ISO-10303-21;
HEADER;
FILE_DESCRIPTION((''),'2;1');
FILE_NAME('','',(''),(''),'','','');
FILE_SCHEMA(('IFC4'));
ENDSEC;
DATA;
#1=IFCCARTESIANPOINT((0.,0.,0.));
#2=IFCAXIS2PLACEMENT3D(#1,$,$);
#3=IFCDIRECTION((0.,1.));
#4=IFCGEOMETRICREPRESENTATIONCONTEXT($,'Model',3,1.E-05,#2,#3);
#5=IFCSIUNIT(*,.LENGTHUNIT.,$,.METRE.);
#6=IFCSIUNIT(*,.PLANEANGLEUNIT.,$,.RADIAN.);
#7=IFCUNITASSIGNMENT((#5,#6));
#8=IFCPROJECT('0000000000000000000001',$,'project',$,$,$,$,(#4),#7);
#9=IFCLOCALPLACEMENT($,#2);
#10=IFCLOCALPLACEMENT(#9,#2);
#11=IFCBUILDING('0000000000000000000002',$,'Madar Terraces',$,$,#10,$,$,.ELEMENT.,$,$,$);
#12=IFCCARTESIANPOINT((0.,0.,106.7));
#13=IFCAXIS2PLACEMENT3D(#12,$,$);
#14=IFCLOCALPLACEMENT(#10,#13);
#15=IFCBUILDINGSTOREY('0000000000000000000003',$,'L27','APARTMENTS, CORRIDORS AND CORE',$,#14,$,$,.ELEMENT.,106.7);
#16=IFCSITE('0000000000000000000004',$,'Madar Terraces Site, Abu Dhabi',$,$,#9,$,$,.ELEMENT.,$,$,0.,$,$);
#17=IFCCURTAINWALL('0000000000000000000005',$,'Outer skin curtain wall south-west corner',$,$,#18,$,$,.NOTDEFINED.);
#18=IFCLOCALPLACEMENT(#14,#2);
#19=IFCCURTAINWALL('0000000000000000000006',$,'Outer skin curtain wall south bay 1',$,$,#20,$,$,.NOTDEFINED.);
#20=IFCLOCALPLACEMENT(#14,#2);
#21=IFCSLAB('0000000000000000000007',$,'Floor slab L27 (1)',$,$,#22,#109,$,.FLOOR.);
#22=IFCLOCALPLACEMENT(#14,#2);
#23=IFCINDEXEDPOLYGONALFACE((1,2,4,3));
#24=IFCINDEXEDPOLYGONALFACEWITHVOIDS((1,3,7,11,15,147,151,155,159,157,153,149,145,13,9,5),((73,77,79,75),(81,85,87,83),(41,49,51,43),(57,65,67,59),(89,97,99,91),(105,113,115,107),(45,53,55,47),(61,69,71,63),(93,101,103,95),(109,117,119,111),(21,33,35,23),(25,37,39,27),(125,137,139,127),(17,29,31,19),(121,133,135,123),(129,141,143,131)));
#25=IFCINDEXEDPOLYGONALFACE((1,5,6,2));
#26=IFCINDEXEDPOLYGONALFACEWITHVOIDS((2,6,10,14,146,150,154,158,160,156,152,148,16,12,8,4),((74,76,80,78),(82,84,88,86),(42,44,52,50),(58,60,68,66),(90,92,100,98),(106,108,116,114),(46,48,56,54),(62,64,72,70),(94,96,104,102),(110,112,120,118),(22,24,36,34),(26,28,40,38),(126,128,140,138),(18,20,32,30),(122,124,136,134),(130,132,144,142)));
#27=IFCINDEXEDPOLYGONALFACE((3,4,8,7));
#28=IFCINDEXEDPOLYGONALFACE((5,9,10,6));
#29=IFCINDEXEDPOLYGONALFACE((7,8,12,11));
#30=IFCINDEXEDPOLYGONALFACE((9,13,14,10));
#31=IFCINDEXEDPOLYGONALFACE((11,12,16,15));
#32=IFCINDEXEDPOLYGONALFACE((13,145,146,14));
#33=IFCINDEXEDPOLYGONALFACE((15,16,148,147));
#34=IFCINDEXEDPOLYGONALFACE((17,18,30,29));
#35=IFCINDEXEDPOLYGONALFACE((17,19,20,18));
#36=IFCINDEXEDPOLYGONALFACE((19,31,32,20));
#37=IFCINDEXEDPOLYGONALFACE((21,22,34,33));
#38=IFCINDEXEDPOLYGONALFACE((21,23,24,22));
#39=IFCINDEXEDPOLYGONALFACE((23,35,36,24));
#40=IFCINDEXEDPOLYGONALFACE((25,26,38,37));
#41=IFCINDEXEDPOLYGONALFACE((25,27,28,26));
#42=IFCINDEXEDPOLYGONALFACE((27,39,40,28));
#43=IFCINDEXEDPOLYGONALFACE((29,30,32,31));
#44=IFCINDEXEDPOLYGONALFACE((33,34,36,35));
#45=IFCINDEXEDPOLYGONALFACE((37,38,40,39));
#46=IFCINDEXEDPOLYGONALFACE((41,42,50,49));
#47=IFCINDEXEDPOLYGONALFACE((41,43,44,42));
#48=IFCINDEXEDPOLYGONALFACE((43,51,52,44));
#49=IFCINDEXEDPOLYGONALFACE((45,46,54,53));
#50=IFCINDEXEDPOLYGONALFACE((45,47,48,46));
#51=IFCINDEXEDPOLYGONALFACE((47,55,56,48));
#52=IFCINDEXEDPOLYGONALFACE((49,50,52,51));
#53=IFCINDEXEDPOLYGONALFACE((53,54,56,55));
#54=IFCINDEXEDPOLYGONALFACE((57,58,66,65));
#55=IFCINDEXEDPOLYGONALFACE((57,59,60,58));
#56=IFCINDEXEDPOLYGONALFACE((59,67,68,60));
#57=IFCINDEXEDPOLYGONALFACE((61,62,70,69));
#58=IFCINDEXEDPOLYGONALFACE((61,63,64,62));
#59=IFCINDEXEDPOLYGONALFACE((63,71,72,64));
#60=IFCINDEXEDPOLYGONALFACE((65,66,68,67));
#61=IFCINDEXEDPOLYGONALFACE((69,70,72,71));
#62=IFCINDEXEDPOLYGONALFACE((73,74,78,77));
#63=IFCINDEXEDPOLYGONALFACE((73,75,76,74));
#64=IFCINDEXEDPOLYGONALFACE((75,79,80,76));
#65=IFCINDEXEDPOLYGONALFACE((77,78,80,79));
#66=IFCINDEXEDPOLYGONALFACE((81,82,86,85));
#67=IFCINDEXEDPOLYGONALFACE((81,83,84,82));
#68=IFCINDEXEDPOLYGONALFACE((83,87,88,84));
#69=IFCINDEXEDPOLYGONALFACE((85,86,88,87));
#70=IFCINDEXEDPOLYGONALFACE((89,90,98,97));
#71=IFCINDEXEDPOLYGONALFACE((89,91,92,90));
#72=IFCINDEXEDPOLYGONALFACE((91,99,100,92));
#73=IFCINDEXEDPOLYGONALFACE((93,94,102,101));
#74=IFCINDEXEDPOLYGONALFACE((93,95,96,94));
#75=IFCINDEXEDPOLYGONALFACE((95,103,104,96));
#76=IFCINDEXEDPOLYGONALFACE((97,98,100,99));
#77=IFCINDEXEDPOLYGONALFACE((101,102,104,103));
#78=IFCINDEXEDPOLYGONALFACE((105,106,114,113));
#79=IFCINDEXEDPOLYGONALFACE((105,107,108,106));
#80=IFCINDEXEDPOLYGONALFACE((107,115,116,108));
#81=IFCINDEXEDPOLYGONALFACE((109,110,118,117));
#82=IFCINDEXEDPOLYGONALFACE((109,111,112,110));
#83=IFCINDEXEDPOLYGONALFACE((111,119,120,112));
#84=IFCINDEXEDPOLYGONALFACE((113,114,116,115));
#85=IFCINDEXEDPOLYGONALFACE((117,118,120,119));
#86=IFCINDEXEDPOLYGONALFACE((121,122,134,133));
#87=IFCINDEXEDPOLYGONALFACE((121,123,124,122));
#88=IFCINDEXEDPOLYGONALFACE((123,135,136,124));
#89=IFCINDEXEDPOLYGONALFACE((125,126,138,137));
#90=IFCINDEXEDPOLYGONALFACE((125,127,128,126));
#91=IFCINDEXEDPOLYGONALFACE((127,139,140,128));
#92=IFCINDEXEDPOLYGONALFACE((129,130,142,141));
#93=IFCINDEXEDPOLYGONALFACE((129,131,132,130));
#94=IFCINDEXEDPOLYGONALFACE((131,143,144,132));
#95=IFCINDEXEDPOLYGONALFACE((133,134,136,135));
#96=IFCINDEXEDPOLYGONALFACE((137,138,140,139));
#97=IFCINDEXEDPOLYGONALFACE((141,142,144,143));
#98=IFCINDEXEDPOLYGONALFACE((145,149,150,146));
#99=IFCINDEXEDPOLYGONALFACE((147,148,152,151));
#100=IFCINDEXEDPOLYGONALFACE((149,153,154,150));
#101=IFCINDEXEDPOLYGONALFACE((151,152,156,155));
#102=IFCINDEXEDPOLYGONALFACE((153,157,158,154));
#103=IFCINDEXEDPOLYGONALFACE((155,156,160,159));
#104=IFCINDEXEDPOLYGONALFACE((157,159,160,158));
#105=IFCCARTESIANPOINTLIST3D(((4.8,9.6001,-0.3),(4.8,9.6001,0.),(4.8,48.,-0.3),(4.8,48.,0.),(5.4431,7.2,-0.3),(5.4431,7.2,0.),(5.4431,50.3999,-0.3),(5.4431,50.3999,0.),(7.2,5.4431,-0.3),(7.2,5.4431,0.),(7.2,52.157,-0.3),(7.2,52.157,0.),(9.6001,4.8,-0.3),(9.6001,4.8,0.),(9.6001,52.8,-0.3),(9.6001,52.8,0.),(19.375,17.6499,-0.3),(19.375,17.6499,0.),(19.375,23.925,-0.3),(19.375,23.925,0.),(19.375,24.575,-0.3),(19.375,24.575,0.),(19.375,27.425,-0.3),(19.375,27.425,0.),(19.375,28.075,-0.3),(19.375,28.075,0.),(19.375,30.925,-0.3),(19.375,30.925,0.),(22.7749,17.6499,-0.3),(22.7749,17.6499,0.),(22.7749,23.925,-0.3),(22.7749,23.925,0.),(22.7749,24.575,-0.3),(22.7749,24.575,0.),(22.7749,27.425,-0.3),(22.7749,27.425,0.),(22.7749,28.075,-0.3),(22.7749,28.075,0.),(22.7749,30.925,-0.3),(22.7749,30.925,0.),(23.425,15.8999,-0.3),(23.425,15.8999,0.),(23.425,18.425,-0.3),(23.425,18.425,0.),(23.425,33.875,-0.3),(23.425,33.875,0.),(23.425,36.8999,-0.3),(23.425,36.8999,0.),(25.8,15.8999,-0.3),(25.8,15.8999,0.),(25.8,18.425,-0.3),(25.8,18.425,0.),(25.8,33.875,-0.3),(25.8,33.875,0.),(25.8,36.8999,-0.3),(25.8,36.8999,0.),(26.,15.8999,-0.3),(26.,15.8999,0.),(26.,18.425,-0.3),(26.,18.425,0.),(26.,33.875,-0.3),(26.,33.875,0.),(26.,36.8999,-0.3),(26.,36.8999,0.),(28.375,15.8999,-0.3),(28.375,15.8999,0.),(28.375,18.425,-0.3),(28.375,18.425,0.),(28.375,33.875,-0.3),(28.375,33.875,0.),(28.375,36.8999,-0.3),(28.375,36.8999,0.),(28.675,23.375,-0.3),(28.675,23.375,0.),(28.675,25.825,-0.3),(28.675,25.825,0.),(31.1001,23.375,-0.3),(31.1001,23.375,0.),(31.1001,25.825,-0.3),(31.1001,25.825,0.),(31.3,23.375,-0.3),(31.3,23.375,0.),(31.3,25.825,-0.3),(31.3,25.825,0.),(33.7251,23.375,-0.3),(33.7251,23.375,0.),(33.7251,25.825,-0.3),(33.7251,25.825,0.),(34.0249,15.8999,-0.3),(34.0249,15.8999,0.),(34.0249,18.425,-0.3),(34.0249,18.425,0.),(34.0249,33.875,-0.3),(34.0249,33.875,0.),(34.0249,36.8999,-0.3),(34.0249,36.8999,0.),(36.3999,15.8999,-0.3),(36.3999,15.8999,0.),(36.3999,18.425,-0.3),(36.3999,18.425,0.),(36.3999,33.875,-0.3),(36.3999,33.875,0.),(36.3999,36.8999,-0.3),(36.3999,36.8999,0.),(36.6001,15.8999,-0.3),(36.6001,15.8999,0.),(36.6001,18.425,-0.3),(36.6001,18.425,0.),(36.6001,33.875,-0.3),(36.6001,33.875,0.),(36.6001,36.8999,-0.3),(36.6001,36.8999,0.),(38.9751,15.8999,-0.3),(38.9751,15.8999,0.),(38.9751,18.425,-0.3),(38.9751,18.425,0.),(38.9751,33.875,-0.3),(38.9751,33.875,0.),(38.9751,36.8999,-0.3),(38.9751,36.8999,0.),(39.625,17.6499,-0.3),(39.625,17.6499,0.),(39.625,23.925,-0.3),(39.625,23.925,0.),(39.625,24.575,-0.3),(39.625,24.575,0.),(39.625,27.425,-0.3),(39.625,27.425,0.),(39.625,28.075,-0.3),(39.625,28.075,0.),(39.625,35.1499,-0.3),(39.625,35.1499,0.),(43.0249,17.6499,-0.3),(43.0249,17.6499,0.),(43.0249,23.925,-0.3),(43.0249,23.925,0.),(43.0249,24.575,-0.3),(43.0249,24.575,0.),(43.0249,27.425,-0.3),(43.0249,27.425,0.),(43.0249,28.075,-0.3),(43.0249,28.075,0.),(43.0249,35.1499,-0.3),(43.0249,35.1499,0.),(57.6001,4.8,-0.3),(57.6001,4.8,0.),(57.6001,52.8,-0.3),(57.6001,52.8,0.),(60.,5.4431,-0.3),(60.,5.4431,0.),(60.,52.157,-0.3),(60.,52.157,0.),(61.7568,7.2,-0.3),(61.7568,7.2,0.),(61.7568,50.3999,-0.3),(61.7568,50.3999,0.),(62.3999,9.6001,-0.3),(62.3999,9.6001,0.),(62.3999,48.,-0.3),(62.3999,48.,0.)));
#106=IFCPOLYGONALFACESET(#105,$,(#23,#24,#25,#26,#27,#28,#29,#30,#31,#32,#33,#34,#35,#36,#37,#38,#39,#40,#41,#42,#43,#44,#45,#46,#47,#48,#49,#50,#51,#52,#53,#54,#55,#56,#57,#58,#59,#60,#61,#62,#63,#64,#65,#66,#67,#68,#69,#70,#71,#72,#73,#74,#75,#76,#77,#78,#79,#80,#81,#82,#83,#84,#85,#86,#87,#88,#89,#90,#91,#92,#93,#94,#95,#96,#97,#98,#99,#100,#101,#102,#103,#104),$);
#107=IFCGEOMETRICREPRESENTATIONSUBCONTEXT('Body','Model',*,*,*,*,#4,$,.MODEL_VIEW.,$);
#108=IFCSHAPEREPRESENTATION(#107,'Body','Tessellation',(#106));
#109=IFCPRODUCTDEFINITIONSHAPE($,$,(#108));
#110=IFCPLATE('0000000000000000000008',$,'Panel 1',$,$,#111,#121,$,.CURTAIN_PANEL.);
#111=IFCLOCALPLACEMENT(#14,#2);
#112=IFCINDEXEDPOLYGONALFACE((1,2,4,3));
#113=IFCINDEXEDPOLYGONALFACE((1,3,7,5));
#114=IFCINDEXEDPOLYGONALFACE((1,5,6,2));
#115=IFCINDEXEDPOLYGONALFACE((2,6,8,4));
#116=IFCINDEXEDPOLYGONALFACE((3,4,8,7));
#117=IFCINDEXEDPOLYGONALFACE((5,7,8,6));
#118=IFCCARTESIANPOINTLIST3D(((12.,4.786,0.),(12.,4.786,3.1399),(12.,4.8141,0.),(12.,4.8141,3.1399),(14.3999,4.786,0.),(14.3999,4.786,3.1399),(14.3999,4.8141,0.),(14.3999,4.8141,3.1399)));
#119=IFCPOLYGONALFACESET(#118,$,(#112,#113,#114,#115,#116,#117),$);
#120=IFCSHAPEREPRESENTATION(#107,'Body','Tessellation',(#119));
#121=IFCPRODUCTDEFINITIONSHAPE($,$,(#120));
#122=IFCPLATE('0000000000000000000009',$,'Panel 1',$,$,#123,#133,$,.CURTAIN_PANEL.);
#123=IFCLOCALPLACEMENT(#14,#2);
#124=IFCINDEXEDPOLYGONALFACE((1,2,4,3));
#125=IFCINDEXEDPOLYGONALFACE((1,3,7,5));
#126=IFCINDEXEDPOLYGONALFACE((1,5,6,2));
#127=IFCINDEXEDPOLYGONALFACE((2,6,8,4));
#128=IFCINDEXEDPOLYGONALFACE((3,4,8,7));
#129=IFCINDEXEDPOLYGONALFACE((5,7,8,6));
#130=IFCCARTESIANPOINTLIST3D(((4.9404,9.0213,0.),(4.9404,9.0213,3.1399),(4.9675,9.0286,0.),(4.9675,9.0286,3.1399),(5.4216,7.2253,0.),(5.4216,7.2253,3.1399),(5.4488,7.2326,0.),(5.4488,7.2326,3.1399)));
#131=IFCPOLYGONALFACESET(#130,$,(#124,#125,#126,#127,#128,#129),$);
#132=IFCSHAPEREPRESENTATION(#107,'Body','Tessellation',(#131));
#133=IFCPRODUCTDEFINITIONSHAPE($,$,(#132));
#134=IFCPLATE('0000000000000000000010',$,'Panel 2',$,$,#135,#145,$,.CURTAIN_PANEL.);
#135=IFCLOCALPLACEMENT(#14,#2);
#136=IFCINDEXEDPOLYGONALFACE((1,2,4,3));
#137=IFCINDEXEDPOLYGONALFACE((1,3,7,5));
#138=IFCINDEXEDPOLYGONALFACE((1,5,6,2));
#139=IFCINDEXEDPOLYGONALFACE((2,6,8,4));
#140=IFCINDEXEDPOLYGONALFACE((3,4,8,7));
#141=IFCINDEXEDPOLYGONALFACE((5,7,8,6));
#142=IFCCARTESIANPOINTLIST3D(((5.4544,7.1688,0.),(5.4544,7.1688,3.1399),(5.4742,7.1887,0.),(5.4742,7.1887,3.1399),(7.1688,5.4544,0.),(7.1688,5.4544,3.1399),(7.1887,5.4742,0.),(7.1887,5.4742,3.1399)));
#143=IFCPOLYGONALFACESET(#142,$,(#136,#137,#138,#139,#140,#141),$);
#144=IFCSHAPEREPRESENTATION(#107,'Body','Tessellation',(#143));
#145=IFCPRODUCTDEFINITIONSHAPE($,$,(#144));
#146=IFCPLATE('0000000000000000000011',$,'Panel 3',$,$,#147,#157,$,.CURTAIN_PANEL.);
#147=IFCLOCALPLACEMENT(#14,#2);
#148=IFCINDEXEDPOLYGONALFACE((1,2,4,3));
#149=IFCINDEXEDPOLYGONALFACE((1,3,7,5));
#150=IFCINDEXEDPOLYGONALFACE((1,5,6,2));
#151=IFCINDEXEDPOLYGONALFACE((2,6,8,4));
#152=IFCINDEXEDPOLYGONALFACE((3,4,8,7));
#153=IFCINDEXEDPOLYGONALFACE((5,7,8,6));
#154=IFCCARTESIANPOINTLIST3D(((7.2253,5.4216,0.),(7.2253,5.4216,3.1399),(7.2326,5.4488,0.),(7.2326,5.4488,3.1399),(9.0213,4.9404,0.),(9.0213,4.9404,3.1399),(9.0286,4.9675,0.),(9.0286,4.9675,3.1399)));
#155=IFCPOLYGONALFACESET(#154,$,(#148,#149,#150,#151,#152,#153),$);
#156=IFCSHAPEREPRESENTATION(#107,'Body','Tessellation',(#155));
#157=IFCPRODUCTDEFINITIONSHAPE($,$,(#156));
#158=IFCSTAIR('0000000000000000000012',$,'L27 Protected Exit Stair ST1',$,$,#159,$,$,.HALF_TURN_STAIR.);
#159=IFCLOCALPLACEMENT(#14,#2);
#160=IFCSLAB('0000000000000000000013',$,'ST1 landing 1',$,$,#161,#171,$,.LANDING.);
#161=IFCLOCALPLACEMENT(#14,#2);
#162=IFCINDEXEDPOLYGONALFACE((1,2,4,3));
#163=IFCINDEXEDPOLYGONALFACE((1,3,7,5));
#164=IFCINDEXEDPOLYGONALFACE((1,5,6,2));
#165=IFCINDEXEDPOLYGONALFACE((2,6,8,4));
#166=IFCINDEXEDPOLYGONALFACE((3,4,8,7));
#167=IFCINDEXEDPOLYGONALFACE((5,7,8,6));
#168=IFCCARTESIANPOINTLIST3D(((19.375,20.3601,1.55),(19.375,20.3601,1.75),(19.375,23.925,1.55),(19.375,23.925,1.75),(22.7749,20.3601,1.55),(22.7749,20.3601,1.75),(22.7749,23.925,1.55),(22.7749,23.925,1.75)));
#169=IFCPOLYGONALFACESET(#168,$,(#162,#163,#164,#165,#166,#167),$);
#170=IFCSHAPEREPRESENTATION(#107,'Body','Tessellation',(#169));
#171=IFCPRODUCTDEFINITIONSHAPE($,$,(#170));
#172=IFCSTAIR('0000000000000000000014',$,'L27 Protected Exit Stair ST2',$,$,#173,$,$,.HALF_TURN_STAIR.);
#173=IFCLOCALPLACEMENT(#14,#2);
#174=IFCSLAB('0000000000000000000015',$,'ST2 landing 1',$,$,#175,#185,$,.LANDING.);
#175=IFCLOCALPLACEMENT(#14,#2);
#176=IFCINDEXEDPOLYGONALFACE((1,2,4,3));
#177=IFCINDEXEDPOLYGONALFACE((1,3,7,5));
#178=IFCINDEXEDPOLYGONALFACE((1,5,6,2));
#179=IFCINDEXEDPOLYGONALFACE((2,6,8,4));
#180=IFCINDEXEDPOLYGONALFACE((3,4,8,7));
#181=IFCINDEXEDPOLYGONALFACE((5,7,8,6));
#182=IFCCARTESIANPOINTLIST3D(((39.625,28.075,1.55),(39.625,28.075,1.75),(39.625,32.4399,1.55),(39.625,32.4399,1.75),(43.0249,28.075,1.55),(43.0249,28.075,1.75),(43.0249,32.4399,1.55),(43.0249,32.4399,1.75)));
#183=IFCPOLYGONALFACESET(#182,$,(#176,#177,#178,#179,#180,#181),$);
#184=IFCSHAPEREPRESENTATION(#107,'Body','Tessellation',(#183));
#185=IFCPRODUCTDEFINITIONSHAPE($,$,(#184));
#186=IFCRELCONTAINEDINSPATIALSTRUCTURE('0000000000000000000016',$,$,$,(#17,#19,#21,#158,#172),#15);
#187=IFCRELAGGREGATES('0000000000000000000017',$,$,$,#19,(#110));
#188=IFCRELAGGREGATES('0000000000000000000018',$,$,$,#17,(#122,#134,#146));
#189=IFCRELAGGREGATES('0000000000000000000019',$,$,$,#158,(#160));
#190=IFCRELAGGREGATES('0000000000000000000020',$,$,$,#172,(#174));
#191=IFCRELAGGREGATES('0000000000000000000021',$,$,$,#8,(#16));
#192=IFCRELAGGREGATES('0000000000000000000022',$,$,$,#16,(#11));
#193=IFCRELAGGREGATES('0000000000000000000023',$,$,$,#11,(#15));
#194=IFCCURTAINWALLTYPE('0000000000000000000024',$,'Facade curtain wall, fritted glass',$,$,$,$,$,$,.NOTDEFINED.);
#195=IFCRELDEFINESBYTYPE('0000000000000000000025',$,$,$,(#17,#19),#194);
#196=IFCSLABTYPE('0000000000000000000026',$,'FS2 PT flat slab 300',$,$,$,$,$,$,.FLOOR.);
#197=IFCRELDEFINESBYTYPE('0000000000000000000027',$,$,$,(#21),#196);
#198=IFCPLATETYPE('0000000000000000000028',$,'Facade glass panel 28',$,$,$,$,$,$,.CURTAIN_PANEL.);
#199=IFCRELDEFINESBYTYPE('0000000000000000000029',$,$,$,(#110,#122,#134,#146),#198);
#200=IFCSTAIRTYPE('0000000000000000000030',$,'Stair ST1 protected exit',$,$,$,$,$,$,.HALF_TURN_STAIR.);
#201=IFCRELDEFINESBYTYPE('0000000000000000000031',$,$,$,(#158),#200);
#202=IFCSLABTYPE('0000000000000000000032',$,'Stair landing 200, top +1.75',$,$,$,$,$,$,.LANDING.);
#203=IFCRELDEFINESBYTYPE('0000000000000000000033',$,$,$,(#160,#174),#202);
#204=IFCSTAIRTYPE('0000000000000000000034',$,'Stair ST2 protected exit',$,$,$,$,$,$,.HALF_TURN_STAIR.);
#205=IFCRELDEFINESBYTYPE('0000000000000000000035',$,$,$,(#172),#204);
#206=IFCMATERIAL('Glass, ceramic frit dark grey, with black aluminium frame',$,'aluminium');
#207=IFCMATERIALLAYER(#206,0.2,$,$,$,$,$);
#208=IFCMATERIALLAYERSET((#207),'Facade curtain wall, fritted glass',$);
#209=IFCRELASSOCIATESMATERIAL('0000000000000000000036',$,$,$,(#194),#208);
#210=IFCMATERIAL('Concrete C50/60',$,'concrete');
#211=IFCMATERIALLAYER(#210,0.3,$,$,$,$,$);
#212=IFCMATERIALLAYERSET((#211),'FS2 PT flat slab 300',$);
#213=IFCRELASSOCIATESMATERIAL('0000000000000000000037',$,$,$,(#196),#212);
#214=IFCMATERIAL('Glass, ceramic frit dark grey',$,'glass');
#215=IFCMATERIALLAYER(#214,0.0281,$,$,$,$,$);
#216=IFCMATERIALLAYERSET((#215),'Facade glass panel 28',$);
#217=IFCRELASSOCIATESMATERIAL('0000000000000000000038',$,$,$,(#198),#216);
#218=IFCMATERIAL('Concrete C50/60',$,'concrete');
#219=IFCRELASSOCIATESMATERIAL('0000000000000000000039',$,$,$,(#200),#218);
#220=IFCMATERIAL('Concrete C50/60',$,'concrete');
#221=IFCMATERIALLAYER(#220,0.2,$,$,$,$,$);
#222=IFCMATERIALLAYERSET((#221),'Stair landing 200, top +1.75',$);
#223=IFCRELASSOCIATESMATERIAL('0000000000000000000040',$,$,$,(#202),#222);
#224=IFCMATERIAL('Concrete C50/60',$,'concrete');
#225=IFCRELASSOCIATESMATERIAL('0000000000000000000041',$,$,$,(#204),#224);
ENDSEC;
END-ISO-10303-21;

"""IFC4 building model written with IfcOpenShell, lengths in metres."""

from ifc_helpers import new_model, si_unit, direction, frame, origin, origin_2d, place, context, subcontext, project, spatial, polyline, rectangle, outline, extrude, material, layer, layer_set, type_object, element, aggregate, save


model = new_model("IFC4")

# Units and contexts
model_context = context("Model", 3, precision=1e-05, world=origin(), true_north=direction((0.0, 1.0)))
body_context = subcontext(model_context, "Body", "Model", "MODEL_VIEW")
ifc_project = project(units=[si_unit("LENGTHUNIT", "METRE"), si_unit("PLANEANGLEUNIT", "RADIAN")], contexts=[model_context])

# Site, building, storey
site_placement = place(None, origin())
site = spatial("IfcSite", under=ifc_project, at=site_placement, Name="Madar Terraces Site, Abu Dhabi", CompositionType="ELEMENT", RefElevation=0.0)
building_placement = place(site_placement, origin())
building = spatial("IfcBuilding", under=site, at=building_placement, Name="Madar Terraces", CompositionType="ELEMENT")
storey_placement = place(building_placement, frame((0.0, 0.0, 106.7)))
storey = spatial("IfcBuildingStorey", under=building, at=storey_placement, Name="L27", Description="APARTMENTS, CORRIDORS AND CORE", CompositionType="ELEMENT", Elevation=106.7)

# Curtain wall
ifc_material_1 = material(Name="Glass, ceramic frit dark grey, with black aluminium frame", Category="aluminium")
ifc_layer_1 = layer(ifc_material_1, 0.2)
ifc_layer_set_1 = layer_set([ifc_layer_1], Name="Facade curtain wall, fritted glass")
curtain_wall_type = type_object("IfcCurtainWallType", Name="Facade curtain wall, fritted glass", PredefinedType="NOTDEFINED", material=ifc_layer_set_1)
curtain_wall_1_placement = place(storey_placement, origin())
curtain_wall_1 = element("IfcCurtainWall", 1, at=curtain_wall_1_placement, inside=storey, type_object=curtain_wall_type, Name="Outer skin curtain wall south-west corner", PredefinedType="NOTDEFINED")

# Curtain wall
curtain_wall_2_placement = place(storey_placement, origin())
curtain_wall_2 = element("IfcCurtainWall", 2, at=curtain_wall_2_placement, inside=storey, type_object=curtain_wall_type, Name="Outer skin curtain wall south bay 1", PredefinedType="NOTDEFINED")

# Slab
ifc_material_2 = material(Name="Concrete C50/60", Category="concrete")
ifc_layer_2 = layer(ifc_material_2, 0.3)
ifc_layer_set_2 = layer_set([ifc_layer_2], Name="FS2 PT flat slab 300")
slab_type_1 = type_object("IfcSlabType", Name="FS2 PT flat slab 300", PredefinedType="FLOOR", material=ifc_layer_set_2)
slab_1_placement = place(storey_placement, frame((0.0, 0.0, -0.3)))
element("IfcSlab", 3, at=slab_1_placement, inside=storey, type_object=slab_type_1, Name="Floor slab L27 (1)", PredefinedType="FLOOR", context=body_context, shape_type="SweptSolid", body=[
    extrude(outline(polyline([(57.6001, 4.8), (60.0, 5.4431), (61.7568, 7.2), (62.3999, 9.6001), (62.3999, 48.0), (61.7568, 50.3999), (60.0, 52.157), (57.6001, 52.8), (9.6001, 52.8), (7.2, 52.157), (5.4431, 50.3999), (4.8, 48.0), (4.8, 9.6001), (5.4431, 7.2), (7.2, 5.4431), (9.6001, 4.8), (57.6001, 4.8)]), holes=[polyline([(23.425, 15.8999), (23.425, 18.425), (25.8, 18.425), (25.8, 15.8999), (23.425, 15.8999)]), polyline([(26.0, 15.8999), (26.0, 18.425), (28.375, 18.425), (28.375, 15.8999), (26.0, 15.8999)]), polyline([(19.375, 17.6499), (19.375, 23.925), (22.7749, 23.925), (22.7749, 17.6499), (19.375, 17.6499)]), polyline([(28.675, 23.375), (28.675, 25.825), (31.1001, 25.825), (31.1001, 23.375), (28.675, 23.375)]), polyline([(19.375, 24.575), (19.375, 27.425), (22.7749, 27.425), (22.7749, 24.575), (19.375, 24.575)]), polyline([(19.375, 28.075), (19.375, 30.925), (22.7749, 30.925), (22.7749, 28.075), (19.375, 28.075)]), polyline([(23.425, 33.875), (23.425, 36.8999), (25.8, 36.8999), (25.8, 33.875), (23.425, 33.875)]), polyline([(26.0, 33.875), (26.0, 36.8999), (28.375, 36.8999), (28.375, 33.875), (26.0, 33.875)]), polyline([(34.0249, 15.8999), (34.0249, 18.425), (36.3999, 18.425), (36.3999, 15.8999), (34.0249, 15.8999)]), polyline([(36.6001, 15.8999), (36.6001, 18.425), (38.9751, 18.425), (38.9751, 15.8999), (36.6001, 15.8999)]), polyline([(39.625, 17.6499), (39.625, 23.925), (43.0249, 23.925), (43.0249, 17.6499), (39.625, 17.6499)]), polyline([(31.3, 23.375), (31.3, 25.825), (33.7251, 25.825), (33.7251, 23.375), (31.3, 23.375)]), polyline([(39.625, 24.575), (39.625, 27.425), (43.0249, 27.425), (43.0249, 24.575), (39.625, 24.575)]), polyline([(39.625, 28.075), (39.625, 35.1499), (43.0249, 35.1499), (43.0249, 28.075), (39.625, 28.075)]), polyline([(34.0249, 33.875), (34.0249, 36.8999), (36.3999, 36.8999), (36.3999, 33.875), (34.0249, 33.875)]), polyline([(36.6001, 33.875), (36.6001, 36.8999), (38.9751, 36.8999), (38.9751, 33.875), (36.6001, 33.875)])]), origin(), (0.0, 0.0, 1.0), 0.3),
])

# Plates
ifc_material_3 = material(Name="Glass, ceramic frit dark grey", Category="glass")
ifc_layer_3 = layer(ifc_material_3, 0.0281)
ifc_layer_set_3 = layer_set([ifc_layer_3], Name="Facade glass panel 28")
plate_type = type_object("IfcPlateType", Name="Facade glass panel 28", PredefinedType="CURTAIN_PANEL", material=ifc_layer_set_3)
plate_1_placement = place(storey_placement, frame((13.2, 4.8, 0.0), z_axis=(0.0, 0.0, 1.0), x_axis=(1.0, 0.0, 0.0)))
plate_1 = element("IfcPlate", 4, at=plate_1_placement, type_object=plate_type, Name="Panel 1", PredefinedType="CURTAIN_PANEL", context=body_context, shape_type="SweptSolid", body=[
    extrude(rectangle(XDim=2.3999, YDim=0.0281, at=origin_2d()), origin(), (0.0, 0.0, 1.0), 3.1399),
])
aggregate(curtain_wall_2, [plate_1])
plate_2_placement = place(storey_placement, frame((5.1946, 8.127, 0.0), z_axis=(0.0, 0.0, 1.0), x_axis=(0.258819, -0.965926, 0.0)))
plate_2 = element("IfcPlate", 5, at=plate_2_placement, type_object=plate_type, Name="Panel 1", PredefinedType="CURTAIN_PANEL", context=body_context, shape_type="SweptSolid", body=[
    extrude(rectangle(XDim=1.8594, YDim=0.0281, at=origin_2d()), origin(), (0.0, 0.0, 1.0), 3.1399),
])
plate_3_placement = place(storey_placement, frame((6.3215, 6.3215, 0.0), z_axis=(0.0, 0.0, 1.0), x_axis=(0.707107, -0.707107, 0.0)))
plate_3 = element("IfcPlate", 6, at=plate_3_placement, type_object=plate_type, Name="Panel 2", PredefinedType="CURTAIN_PANEL", context=body_context, shape_type="SweptSolid", body=[
    extrude(rectangle(XDim=2.4246, YDim=0.0281, at=origin_2d()), origin(), (0.0, 0.0, 1.0), 3.1399),
])
plate_4_placement = place(storey_placement, frame((8.127, 5.1946, 0.0), z_axis=(0.0, 0.0, 1.0), x_axis=(0.965926, -0.258819, 0.0)))
plate_4 = element("IfcPlate", 7, at=plate_4_placement, type_object=plate_type, Name="Panel 3", PredefinedType="CURTAIN_PANEL", context=body_context, shape_type="SweptSolid", body=[
    extrude(rectangle(XDim=1.8594, YDim=0.0281, at=origin_2d()), origin(), (0.0, 0.0, 1.0), 3.1399),
])
aggregate(curtain_wall_1, [plate_2, plate_3, plate_4])

# Stairs, slabs
ifc_material_4 = material(Name="Concrete C50/60", Category="concrete")
stair_type_1 = type_object("IfcStairType", Name="Stair ST1 protected exit", PredefinedType="HALF_TURN_STAIR", material=ifc_material_4)
stair_1_placement = place(storey_placement, origin())
stair_1 = element("IfcStair", 8, at=stair_1_placement, inside=storey, type_object=stair_type_1, Name="L27 Protected Exit Stair ST1", PredefinedType="HALF_TURN_STAIR")
ifc_material_5 = material(Name="Concrete C50/60", Category="concrete")
ifc_layer_4 = layer(ifc_material_5, 0.2)
ifc_layer_set_4 = layer_set([ifc_layer_4], Name="Stair landing 200, top +1.75")
slab_type_2 = type_object("IfcSlabType", Name="Stair landing 200, top +1.75", PredefinedType="LANDING", material=ifc_layer_set_4)
slab_2_placement = place(storey_placement, frame((0.0, 0.0, 1.55)))
slab_2 = element("IfcSlab", 9, at=slab_2_placement, type_object=slab_type_2, Name="ST1 landing 1", PredefinedType="LANDING", context=body_context, shape_type="SweptSolid", body=[
    extrude(outline(polyline([(19.375, 20.3601), (22.7749, 20.3601), (22.7749, 23.925), (19.375, 23.925), (19.375, 20.3601)])), origin(), (0.0, 0.0, 1.0), 0.2),
])
aggregate(stair_1, [slab_2])
ifc_material_6 = material(Name="Concrete C50/60", Category="concrete")
stair_type_2 = type_object("IfcStairType", Name="Stair ST2 protected exit", PredefinedType="HALF_TURN_STAIR", material=ifc_material_6)
stair_2_placement = place(storey_placement, origin())
stair_2 = element("IfcStair", 10, at=stair_2_placement, inside=storey, type_object=stair_type_2, Name="L27 Protected Exit Stair ST2", PredefinedType="HALF_TURN_STAIR")
slab_3_placement = place(storey_placement, frame((0.0, 0.0, 1.55)))
slab_3 = element("IfcSlab", 11, at=slab_3_placement, type_object=slab_type_2, Name="ST2 landing 1", PredefinedType="LANDING", context=body_context, shape_type="SweptSolid", body=[
    extrude(outline(polyline([(39.625, 28.075), (43.0249, 28.075), (43.0249, 32.4399), (39.625, 32.4399), (39.625, 28.075)])), origin(), (0.0, 0.0, 1.0), 0.2),
])
aggregate(stair_2, [slab_3])

save(model, "model.ifc")
